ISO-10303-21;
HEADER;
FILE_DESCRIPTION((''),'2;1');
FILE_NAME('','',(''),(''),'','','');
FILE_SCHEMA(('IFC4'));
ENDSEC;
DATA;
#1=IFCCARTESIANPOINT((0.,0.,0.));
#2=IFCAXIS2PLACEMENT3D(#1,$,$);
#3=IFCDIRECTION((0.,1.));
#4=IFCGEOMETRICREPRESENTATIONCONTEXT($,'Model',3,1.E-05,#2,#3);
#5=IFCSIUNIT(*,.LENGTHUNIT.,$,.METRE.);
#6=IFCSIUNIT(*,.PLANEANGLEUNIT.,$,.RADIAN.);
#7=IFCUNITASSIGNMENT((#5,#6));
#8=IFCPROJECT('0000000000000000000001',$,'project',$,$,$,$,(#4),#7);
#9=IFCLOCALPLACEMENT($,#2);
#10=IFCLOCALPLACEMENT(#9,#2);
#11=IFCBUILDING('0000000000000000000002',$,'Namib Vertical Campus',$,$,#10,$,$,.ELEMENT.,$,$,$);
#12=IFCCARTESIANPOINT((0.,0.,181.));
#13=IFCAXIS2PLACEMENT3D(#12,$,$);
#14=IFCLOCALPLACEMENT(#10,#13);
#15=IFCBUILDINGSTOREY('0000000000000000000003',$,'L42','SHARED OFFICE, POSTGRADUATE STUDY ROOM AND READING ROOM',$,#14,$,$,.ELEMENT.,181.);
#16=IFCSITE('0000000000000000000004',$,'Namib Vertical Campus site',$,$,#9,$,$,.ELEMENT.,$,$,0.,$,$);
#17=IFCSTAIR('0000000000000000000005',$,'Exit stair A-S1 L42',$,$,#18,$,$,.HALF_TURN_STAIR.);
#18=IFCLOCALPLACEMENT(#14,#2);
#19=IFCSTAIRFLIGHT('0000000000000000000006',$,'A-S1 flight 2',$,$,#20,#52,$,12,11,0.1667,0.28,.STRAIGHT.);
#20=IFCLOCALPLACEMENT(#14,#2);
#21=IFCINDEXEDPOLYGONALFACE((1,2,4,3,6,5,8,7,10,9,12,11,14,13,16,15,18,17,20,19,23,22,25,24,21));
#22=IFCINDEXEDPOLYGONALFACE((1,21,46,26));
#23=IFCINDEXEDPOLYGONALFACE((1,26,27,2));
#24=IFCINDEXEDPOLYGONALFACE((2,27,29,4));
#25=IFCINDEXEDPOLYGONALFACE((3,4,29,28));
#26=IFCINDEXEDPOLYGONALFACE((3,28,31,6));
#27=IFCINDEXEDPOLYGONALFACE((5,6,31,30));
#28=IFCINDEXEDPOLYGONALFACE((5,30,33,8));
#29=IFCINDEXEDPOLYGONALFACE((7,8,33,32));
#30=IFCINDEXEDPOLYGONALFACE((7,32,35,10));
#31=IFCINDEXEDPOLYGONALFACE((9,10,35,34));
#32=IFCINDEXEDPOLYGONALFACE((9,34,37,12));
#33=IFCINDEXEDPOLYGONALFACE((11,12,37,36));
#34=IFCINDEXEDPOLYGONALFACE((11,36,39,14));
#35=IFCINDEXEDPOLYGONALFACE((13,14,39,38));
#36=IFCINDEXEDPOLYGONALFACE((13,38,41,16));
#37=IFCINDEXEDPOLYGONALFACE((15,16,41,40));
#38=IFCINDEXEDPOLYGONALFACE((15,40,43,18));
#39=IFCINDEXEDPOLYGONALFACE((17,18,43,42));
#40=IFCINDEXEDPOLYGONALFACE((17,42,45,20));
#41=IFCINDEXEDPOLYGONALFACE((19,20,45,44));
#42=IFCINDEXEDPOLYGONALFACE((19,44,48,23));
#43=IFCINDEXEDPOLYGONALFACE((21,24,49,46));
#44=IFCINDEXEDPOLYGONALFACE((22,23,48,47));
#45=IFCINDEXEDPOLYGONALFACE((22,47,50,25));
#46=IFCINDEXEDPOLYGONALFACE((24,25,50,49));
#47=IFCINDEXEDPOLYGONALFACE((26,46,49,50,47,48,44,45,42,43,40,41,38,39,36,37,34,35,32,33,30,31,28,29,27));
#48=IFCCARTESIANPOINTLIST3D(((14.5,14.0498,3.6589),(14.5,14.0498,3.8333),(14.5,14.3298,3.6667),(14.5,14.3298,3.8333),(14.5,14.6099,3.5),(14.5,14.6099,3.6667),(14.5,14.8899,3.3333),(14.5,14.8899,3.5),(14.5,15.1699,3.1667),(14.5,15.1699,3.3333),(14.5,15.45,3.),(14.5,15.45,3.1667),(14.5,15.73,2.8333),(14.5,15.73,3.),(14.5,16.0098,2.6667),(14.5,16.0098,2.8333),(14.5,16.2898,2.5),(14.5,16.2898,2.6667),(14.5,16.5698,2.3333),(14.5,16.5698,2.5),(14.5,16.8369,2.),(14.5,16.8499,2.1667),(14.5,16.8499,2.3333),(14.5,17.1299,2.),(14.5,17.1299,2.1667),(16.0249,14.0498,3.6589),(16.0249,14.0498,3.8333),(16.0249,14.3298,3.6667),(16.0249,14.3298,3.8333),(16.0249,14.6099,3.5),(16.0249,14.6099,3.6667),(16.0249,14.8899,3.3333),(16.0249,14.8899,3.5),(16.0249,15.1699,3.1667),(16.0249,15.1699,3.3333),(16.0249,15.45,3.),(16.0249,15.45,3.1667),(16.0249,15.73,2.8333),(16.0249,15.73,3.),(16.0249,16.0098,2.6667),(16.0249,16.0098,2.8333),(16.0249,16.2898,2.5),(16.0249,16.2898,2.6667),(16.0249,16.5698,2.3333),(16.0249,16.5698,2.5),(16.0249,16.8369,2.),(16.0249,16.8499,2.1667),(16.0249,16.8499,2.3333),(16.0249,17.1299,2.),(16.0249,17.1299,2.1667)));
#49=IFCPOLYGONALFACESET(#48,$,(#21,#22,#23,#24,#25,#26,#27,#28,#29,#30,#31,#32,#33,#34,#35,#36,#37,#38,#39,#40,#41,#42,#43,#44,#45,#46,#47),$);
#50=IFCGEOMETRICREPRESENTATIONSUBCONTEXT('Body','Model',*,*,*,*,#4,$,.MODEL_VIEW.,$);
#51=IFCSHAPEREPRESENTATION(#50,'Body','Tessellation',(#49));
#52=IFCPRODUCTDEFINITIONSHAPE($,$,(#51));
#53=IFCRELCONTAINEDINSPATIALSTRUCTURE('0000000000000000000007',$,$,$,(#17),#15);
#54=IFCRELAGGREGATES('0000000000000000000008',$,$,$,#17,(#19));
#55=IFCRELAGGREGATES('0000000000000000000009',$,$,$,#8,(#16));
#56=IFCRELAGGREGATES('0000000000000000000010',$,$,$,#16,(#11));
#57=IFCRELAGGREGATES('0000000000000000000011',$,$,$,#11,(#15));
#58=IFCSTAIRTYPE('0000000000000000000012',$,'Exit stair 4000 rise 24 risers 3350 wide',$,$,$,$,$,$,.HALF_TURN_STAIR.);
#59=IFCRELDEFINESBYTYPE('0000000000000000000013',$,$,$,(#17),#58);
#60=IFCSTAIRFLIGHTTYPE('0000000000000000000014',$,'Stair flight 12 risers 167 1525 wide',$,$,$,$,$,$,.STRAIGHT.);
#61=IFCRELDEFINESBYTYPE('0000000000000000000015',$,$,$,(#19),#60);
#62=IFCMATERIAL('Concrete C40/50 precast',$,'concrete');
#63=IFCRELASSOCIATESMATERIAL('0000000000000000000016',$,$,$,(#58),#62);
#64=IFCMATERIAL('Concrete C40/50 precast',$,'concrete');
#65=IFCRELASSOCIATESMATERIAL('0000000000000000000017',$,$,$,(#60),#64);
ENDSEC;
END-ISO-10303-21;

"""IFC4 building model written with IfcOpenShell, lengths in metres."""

from ifc_helpers import new_model, si_unit, direction, frame, origin, place, context, subcontext, project, spatial, polyline, outline, extrude, material, type_object, element, aggregate, save


model = new_model("IFC4")

# Units and contexts
model_context = context("Model", 3, precision=1e-05, world=origin(), true_north=direction((0.0, 1.0)))
body_context = subcontext(model_context, "Body", "Model", "MODEL_VIEW")
ifc_project = project(units=[si_unit("LENGTHUNIT", "METRE"), si_unit("PLANEANGLEUNIT", "RADIAN")], contexts=[model_context])

# Site, building, storey
site_placement = place(None, origin())
site = spatial("IfcSite", under=ifc_project, at=site_placement, Name="Namib Vertical Campus site", CompositionType="ELEMENT", RefElevation=0.0)
building_placement = place(site_placement, origin())
building = spatial("IfcBuilding", under=site, at=building_placement, Name="Namib Vertical Campus", CompositionType="ELEMENT")
storey_placement = place(building_placement, frame((0.0, 0.0, 181.0)))
storey = spatial("IfcBuildingStorey", under=building, at=storey_placement, Name="L42", Description="SHARED OFFICE, POSTGRADUATE STUDY ROOM AND READING ROOM", CompositionType="ELEMENT", Elevation=181.0)

# Stair, stair flight
ifc_material_1 = material(Name="Concrete C40/50 precast", Category="concrete")
stair_type = type_object("IfcStairType", Name="Exit stair 4000 rise 24 risers 3350 wide", PredefinedType="HALF_TURN_STAIR", material=ifc_material_1)
stair_placement = place(storey_placement, origin())
stair = element("IfcStair", 1, at=stair_placement, inside=storey, type_object=stair_type, Name="Exit stair A-S1 L42", PredefinedType="HALF_TURN_STAIR")
ifc_material_2 = material(Name="Concrete C40/50 precast", Category="concrete")
stair_flight_type = type_object("IfcStairFlightType", Name="Stair flight 12 risers 167 1525 wide", PredefinedType="STRAIGHT", material=ifc_material_2)
stair_flight_placement = place(storey_placement, frame((15.2625, 17.1299, 2.0), z_axis=(0.0, 0.0, 1.0), x_axis=(0.0, -1.0, 0.0)))
stair_flight = element("IfcStairFlight", 2, at=stair_flight_placement, type_object=stair_flight_type, Name="A-S1 flight 2", NumberOfRisers=12, NumberOfTreads=11, PredefinedType="STRAIGHT", RiserHeight=0.1667, TreadLength=0.28, context=body_context, shape_type="SweptSolid", body=[
    extrude(outline(polyline([(0.0, 0.0), (0.0, 0.1667), (0.28, 0.1667), (0.28, 0.3333), (0.5601, 0.3333), (0.5601, 0.5), (0.8401, 0.5), (0.8401, 0.6667), (1.1201, 0.6667), (1.1201, 0.8333), (1.3999, 0.8333), (1.3999, 1.0), (1.6799, 1.0), (1.6799, 1.1667), (1.96, 1.1667), (1.96, 1.3333), (2.24, 1.3333), (2.24, 1.5), (2.52, 1.5), (2.52, 1.6667), (2.8, 1.6667), (2.8, 1.8333), (3.0801, 1.8333), (3.0801, 2.0), (3.0801, 1.6589), (0.293, 0.0), (0.0, 0.0)])), frame((0.0, 0.7625, 0.0), z_axis=(0.0, -1.0, 0.0), x_axis=(1.0, 0.0, 0.0)), (0.0, 0.0, 1.0), 1.5249),
])
aggregate(stair, [stair_flight])

save(model, "model.ifc")
